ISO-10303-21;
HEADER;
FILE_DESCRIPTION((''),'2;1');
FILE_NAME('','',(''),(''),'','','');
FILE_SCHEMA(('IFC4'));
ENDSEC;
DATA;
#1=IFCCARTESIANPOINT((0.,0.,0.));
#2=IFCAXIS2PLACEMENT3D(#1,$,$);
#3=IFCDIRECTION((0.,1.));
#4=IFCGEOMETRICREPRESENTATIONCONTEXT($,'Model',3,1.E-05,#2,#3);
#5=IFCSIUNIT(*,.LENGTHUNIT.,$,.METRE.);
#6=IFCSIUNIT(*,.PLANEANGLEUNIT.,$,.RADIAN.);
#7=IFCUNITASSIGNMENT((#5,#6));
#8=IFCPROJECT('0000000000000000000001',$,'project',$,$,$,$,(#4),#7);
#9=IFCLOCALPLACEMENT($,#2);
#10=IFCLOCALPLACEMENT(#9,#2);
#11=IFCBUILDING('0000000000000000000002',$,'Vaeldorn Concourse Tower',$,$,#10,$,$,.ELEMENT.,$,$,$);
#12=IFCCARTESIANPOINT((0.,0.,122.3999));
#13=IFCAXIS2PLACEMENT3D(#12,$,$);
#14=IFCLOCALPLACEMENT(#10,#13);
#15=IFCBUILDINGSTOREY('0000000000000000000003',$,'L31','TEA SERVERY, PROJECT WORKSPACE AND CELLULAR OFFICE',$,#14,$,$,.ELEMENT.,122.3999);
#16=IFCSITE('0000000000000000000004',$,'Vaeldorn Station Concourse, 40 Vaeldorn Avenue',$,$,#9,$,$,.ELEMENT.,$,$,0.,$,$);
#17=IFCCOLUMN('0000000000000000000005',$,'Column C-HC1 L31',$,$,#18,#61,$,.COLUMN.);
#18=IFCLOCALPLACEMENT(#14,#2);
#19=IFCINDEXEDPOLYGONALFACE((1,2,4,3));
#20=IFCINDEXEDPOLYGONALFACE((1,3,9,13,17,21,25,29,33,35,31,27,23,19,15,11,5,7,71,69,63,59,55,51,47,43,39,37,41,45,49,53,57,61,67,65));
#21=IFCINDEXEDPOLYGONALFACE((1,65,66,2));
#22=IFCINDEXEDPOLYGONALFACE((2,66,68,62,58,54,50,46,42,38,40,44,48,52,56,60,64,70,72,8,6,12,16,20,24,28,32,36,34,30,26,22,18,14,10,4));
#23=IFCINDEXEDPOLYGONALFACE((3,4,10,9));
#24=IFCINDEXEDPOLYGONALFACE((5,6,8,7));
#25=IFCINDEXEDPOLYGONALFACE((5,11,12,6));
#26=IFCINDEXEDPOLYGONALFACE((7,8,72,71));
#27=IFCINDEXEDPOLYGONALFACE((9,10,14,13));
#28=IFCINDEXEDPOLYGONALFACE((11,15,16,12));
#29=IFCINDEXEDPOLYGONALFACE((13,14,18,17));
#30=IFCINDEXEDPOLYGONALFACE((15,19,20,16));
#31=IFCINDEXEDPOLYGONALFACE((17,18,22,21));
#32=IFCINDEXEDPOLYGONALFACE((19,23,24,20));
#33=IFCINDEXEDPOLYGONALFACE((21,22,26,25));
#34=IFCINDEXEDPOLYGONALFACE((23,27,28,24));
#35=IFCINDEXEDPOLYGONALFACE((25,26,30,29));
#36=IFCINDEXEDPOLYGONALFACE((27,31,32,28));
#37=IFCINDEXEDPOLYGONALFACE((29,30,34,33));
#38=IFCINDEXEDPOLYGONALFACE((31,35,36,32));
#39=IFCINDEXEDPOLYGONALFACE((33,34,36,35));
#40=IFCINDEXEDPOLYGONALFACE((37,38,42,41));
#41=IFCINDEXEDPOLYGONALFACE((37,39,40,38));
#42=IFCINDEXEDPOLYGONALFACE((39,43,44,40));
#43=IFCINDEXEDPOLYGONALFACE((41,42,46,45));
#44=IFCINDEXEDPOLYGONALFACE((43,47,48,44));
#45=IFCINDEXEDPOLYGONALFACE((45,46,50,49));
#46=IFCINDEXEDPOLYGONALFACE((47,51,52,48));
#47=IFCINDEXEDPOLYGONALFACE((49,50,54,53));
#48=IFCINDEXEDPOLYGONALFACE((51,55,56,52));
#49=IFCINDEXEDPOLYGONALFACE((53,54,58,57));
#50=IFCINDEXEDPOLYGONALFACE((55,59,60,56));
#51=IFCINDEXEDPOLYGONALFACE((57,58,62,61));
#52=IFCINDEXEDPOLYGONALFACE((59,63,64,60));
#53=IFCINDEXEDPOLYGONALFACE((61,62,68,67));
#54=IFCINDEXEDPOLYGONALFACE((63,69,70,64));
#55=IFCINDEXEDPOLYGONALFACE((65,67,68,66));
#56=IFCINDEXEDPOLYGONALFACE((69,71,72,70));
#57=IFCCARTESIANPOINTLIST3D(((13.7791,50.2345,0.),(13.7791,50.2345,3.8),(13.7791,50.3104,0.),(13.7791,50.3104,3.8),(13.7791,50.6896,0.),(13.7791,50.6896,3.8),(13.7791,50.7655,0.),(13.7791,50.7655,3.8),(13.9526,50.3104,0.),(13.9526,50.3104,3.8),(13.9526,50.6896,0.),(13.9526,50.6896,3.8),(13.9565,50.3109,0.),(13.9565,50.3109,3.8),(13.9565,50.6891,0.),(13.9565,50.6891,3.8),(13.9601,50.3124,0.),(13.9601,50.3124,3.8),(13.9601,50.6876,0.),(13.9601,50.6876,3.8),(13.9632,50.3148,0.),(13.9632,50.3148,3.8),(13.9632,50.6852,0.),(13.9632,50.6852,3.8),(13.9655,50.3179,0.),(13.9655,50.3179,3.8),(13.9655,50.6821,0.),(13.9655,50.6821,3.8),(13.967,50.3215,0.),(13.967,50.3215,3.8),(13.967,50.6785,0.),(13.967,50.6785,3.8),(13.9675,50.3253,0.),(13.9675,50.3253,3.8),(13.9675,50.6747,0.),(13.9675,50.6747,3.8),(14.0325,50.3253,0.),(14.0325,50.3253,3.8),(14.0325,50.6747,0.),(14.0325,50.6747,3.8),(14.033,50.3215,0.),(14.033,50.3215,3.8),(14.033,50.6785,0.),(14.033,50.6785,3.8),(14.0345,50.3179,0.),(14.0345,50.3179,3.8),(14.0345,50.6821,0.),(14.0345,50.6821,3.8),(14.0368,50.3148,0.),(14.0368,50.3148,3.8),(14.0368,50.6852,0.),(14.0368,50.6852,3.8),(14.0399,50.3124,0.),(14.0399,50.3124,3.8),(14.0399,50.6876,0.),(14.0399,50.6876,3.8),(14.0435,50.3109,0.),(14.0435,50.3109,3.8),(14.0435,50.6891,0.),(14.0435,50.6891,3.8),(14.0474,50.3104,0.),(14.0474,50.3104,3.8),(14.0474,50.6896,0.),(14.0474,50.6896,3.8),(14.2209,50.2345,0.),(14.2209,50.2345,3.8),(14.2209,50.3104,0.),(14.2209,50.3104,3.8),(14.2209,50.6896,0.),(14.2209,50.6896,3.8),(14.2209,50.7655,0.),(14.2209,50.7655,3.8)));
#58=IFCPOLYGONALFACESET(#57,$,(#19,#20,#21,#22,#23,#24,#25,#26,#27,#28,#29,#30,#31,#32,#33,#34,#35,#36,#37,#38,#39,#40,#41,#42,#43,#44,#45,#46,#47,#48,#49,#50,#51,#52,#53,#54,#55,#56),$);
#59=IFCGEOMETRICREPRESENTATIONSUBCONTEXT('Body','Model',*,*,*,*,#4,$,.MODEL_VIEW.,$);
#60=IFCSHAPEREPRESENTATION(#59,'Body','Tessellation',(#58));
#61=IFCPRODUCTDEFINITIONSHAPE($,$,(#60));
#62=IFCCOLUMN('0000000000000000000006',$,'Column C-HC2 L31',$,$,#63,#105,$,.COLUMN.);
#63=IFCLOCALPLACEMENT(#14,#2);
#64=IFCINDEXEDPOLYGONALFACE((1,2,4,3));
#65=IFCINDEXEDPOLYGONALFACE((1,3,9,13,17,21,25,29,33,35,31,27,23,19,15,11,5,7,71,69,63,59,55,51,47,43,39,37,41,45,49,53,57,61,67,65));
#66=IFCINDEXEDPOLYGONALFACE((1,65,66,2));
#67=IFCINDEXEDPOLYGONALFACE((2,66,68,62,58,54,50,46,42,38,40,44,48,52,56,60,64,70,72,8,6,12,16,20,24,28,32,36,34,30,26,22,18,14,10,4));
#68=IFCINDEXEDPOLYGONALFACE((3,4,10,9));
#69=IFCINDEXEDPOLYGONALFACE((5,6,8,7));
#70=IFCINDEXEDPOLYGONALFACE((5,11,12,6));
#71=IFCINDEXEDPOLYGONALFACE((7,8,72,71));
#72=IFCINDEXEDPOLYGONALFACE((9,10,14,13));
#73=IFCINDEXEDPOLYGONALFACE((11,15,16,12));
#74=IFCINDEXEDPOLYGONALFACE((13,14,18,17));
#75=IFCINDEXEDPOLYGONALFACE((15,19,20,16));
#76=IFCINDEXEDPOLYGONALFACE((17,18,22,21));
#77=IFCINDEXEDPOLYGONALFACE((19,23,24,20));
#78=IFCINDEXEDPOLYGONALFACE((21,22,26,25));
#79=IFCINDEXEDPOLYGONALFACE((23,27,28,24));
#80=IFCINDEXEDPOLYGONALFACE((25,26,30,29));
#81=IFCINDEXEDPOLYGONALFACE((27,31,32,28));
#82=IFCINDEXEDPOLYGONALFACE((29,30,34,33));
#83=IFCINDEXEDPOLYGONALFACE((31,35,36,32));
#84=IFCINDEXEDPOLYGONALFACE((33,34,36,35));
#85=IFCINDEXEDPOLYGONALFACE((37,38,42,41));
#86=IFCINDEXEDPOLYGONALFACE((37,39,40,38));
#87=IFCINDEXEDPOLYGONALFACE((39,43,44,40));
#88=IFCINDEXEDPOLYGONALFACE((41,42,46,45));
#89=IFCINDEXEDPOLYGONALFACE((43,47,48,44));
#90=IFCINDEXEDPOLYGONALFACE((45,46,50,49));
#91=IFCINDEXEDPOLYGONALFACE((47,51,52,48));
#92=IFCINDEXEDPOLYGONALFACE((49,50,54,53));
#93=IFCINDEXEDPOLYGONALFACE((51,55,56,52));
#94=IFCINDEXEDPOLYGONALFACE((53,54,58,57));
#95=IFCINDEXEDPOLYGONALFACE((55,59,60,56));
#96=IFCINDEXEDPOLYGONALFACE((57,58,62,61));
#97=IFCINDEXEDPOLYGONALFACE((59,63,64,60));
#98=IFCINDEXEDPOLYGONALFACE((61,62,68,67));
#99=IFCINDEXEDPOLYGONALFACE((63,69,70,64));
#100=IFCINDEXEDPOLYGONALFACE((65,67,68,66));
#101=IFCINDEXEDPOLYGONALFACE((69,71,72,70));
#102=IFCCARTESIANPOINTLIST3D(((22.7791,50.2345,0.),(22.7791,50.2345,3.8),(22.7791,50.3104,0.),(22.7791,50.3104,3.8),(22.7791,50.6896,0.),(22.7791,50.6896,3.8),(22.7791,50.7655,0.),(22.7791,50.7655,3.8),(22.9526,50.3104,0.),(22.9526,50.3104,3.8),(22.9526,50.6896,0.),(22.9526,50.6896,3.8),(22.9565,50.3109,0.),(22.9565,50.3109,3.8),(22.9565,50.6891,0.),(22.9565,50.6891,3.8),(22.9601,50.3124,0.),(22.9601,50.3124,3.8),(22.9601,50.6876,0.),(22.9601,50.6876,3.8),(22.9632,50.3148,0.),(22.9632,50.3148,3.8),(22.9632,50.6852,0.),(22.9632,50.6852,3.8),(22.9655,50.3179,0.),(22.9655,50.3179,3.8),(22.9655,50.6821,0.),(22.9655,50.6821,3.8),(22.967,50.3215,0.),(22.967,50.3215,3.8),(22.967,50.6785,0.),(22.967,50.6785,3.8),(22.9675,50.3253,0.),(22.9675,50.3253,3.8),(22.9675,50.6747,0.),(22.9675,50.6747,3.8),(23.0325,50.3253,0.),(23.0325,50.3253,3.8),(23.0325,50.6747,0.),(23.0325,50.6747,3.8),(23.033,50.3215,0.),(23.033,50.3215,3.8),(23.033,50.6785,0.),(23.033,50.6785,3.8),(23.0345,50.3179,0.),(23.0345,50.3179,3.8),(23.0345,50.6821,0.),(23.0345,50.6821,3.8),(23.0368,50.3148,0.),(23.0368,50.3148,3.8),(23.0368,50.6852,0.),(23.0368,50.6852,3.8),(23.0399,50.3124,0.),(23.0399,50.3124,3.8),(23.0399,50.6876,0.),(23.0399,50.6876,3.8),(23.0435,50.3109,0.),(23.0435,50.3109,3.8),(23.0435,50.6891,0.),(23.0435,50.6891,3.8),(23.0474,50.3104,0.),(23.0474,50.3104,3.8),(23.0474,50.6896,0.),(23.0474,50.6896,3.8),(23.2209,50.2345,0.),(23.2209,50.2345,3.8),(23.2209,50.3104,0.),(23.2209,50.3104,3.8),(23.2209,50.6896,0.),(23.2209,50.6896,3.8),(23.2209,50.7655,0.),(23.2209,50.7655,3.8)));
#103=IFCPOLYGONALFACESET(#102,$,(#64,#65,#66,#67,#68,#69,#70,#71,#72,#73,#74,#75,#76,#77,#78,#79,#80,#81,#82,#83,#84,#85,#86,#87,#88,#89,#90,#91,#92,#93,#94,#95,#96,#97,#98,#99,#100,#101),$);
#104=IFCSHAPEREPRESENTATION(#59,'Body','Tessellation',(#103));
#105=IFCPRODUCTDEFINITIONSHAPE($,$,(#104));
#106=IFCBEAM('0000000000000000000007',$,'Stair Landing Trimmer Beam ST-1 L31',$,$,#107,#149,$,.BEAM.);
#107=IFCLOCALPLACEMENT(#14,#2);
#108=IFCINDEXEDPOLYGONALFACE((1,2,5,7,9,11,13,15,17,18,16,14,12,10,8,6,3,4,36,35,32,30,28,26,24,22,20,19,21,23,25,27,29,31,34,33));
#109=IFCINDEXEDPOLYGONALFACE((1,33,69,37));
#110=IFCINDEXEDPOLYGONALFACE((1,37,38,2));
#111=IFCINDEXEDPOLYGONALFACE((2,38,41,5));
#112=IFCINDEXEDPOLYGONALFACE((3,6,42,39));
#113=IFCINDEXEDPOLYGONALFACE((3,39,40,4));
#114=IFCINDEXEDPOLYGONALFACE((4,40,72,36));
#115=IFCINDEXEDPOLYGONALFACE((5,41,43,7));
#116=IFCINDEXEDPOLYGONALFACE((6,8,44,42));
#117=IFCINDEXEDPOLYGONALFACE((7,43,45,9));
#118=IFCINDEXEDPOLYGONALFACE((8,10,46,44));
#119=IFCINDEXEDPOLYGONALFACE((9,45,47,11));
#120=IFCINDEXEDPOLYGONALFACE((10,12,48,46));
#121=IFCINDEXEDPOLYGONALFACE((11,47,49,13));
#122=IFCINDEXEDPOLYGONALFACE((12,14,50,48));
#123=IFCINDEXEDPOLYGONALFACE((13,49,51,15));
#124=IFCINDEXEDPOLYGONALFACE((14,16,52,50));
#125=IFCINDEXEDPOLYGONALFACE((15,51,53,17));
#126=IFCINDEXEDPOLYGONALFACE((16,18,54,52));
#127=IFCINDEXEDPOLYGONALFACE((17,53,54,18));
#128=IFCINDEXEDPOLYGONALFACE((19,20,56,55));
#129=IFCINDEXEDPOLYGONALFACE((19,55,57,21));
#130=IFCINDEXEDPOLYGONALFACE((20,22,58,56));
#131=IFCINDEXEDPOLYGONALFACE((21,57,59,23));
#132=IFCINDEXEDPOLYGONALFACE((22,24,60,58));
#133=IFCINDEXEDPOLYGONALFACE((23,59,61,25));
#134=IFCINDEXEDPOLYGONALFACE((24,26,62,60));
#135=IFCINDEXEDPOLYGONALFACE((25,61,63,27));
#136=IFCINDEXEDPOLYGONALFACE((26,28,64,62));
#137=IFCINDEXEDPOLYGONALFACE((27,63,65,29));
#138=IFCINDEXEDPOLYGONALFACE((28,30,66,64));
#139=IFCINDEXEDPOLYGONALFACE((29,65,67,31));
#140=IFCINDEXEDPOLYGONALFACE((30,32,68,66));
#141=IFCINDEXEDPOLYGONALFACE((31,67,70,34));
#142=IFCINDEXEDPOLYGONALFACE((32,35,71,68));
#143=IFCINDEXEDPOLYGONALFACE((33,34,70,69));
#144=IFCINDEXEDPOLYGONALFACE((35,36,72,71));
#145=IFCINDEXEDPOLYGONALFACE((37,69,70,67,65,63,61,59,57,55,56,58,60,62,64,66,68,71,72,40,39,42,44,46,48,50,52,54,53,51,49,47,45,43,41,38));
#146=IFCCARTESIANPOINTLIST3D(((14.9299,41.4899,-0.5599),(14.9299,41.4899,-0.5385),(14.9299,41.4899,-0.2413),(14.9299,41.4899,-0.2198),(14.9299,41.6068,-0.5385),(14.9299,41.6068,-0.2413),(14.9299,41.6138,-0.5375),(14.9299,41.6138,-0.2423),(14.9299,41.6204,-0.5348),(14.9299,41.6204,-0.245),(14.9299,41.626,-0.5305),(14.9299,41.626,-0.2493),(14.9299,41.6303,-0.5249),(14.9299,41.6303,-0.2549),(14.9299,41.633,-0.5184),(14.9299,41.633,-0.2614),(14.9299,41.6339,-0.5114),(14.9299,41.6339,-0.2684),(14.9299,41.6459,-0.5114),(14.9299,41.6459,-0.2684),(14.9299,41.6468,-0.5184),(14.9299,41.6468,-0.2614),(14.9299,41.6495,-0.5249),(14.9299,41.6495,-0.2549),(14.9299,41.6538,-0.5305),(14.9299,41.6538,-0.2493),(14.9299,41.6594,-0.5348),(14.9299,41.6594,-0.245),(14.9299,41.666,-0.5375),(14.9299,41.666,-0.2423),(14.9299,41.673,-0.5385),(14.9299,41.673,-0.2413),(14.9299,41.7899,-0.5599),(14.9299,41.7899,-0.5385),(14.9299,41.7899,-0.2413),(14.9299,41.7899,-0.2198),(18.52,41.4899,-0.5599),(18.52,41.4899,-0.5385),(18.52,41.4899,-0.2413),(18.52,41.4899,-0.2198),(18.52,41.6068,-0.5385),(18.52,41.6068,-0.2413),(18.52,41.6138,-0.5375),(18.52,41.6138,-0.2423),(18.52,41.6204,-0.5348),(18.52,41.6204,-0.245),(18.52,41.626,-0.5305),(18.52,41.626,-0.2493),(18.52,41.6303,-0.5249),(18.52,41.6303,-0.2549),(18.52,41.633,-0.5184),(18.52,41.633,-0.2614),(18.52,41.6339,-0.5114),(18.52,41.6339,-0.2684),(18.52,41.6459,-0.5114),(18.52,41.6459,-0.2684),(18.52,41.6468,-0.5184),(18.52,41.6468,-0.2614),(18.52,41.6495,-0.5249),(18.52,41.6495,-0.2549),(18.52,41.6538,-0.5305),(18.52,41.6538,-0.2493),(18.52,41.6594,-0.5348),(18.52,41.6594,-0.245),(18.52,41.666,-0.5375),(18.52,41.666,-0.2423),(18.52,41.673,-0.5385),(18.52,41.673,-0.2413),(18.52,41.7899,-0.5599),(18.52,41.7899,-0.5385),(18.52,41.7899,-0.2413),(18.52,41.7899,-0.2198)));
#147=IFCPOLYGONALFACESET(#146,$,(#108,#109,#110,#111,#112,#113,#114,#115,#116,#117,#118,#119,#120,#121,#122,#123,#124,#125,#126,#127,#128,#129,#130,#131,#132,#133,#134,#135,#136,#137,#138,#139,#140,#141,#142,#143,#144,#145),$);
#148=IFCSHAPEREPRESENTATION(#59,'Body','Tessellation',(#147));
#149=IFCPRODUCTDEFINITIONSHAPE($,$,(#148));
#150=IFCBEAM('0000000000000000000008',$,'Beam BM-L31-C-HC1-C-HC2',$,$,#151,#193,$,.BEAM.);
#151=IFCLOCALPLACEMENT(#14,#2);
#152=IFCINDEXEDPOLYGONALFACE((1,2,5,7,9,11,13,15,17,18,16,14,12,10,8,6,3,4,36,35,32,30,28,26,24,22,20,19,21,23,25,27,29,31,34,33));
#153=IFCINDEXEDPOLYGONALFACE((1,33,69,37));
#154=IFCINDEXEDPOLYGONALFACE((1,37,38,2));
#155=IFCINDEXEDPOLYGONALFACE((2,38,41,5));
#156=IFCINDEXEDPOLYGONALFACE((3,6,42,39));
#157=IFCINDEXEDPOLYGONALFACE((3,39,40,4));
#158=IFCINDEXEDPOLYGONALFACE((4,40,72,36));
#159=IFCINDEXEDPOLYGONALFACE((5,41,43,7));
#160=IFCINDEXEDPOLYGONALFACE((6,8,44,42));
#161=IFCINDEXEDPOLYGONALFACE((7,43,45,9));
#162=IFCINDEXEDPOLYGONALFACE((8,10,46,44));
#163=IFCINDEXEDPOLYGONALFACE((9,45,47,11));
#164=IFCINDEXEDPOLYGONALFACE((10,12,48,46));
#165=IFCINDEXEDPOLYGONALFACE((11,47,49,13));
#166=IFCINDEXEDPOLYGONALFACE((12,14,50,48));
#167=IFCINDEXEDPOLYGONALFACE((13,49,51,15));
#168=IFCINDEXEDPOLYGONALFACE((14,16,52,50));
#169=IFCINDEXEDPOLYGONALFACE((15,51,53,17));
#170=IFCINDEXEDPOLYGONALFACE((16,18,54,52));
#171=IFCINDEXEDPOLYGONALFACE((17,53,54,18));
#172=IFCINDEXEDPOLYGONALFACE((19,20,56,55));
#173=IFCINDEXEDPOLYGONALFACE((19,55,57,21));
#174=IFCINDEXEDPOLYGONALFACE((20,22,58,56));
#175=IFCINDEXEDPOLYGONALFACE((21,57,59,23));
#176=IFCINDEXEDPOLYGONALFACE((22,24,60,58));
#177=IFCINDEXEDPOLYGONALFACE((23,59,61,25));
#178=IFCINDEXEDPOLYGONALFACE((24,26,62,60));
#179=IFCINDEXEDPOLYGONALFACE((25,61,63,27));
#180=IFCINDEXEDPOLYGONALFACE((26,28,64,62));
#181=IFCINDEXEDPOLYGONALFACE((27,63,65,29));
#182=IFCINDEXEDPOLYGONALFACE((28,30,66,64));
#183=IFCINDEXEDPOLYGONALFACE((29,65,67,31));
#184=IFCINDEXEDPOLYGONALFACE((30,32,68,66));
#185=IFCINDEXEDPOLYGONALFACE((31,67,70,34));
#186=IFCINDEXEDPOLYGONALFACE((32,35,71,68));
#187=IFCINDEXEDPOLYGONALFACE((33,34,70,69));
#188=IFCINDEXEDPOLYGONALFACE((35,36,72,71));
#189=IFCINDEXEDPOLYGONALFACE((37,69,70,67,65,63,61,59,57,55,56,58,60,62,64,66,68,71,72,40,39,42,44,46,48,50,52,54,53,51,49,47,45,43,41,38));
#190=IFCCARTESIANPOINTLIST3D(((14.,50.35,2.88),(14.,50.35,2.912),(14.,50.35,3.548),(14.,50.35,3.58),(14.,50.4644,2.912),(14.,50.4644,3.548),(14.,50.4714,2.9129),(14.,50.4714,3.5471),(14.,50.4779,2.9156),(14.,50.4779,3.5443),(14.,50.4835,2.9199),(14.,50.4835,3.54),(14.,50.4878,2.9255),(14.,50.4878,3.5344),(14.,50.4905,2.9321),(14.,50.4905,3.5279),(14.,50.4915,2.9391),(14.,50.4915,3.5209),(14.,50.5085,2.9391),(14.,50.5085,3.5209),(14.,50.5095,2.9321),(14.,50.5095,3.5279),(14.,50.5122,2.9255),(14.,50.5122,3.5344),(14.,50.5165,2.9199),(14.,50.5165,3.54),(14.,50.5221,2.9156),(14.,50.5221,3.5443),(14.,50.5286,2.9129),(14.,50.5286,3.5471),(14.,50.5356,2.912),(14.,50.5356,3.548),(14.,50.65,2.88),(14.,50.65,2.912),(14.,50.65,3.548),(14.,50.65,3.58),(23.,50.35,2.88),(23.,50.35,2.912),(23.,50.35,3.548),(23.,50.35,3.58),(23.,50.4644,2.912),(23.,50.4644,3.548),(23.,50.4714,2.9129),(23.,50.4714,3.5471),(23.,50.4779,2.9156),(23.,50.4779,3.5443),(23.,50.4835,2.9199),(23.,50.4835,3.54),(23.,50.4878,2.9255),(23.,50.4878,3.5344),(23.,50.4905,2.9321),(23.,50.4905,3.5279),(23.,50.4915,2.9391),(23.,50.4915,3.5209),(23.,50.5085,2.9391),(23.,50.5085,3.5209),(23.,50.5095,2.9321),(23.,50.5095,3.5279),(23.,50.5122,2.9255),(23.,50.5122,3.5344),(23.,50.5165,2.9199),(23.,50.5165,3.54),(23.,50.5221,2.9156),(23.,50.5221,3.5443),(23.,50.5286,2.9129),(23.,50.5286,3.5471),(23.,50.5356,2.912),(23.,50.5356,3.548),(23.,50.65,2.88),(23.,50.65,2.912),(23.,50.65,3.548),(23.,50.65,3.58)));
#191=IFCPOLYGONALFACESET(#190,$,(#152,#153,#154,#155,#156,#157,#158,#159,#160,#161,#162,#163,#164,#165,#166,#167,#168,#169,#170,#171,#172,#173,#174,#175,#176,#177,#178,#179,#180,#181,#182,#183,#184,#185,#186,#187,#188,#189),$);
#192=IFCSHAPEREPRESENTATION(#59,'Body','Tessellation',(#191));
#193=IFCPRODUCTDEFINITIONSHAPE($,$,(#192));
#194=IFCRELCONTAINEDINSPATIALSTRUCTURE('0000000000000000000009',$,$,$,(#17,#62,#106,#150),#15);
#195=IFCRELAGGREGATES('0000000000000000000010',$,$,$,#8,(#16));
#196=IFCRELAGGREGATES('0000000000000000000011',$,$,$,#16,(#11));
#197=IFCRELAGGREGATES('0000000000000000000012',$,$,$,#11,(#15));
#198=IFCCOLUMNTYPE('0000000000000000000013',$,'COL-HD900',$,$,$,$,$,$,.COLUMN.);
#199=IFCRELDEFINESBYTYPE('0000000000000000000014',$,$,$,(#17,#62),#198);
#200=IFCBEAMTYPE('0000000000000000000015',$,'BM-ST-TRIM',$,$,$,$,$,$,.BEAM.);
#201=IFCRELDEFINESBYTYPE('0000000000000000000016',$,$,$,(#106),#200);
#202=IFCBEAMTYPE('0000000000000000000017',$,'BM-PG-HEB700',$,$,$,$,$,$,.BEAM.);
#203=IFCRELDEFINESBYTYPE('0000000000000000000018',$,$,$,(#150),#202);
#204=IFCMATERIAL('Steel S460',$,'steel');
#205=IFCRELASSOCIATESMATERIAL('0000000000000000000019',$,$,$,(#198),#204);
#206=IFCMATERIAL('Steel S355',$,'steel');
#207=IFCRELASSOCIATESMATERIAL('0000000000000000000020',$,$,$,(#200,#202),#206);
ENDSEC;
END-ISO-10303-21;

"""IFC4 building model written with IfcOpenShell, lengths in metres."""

from ifc_helpers import new_model, si_unit, direction, frame, origin, origin_2d, place, context, subcontext, project, spatial, i_section, extrude, source, transform, mapped, material, material_profile, profile_set, type_object, element, save


model = new_model("IFC4")

# Units and contexts
model_context = context("Model", 3, precision=1e-05, world=origin(), true_north=direction((0.0, 1.0)))
body_context = subcontext(model_context, "Body", "Model", "MODEL_VIEW")
ifc_project = project(units=[si_unit("LENGTHUNIT", "METRE"), si_unit("PLANEANGLEUNIT", "RADIAN")], contexts=[model_context])

# Site, building, storey
site_placement = place(None, origin())
site = spatial("IfcSite", under=ifc_project, at=site_placement, Name="Vaeldorn Station Concourse, 40 Vaeldorn Avenue", CompositionType="ELEMENT", RefElevation=0.0)
building_placement = place(site_placement, origin())
building = spatial("IfcBuilding", under=site, at=building_placement, Name="Vaeldorn Concourse Tower", CompositionType="ELEMENT")
storey_placement = place(building_placement, frame((0.0, 0.0, 122.3999)))
storey = spatial("IfcBuildingStorey", under=building, at=storey_placement, Name="L31", Description="TEA SERVERY, PROJECT WORKSPACE AND CELLULAR OFFICE", CompositionType="ELEMENT", Elevation=122.3999)

# Columns
ifc_material_1 = material(Name="Steel S460", Category="steel")
ifc_material_profile_1 = material_profile(ifc_material_1, i_section(OverallWidth=0.4419, OverallDepth=0.531, WebThickness=0.0649, FlangeThickness=0.0759, FilletRadius=0.0149, at=origin_2d()), Name="HD 400x900")
ifc_profile_set_1 = profile_set([ifc_material_profile_1], Name="Steel S460")
column_type = type_object("IfcColumnType", Name="COL-HD900", PredefinedType="COLUMN", material=ifc_profile_set_1)
shared_shape_1 = source(origin(), body_context, "Body", "SweptSolid", [
    extrude(i_section(OverallWidth=0.4419, OverallDepth=0.531, WebThickness=0.0649, FlangeThickness=0.0759, FilletRadius=0.0149, at=origin_2d()), origin(), (0.0, 0.0, 1.0), 3.8),
])
for number, where, z_axis, x_axis, name in (
    (1, (14.0, 50.5, 0.0), (0.0, 0.0, 1.0), (1.0, 0.0, 0.0), "Column C-HC1 L31"),
    (2, (23.0, 50.5, 0.0), (0.0, 0.0, 1.0), (1.0, 0.0, 0.0), "Column C-HC2 L31"),
):
    element("IfcColumn", number, at=place(storey_placement, frame(where, z_axis=z_axis, x_axis=x_axis)), inside=storey, type_object=column_type, Name=name, PredefinedType="COLUMN", context=body_context, shape_type="MappedRepresentation", body=[
        mapped(shared_shape_1, transform((0.0, 0.0, 0.0), scale=1.0)),
    ])

# Beams
ifc_material_2 = material(Name="Steel S355", Category="steel")
ifc_material_profile_2 = material_profile(ifc_material_2, i_section(OverallWidth=0.3, OverallDepth=0.3401, WebThickness=0.012, FlangeThickness=0.0215, FilletRadius=0.0271, at=origin_2d()), Name="HEB 340")
ifc_profile_set_2 = profile_set([ifc_material_profile_2], Name="Steel S355")
beam_type_1 = type_object("IfcBeamType", Name="BM-ST-TRIM", PredefinedType="BEAM", material=ifc_profile_set_2)
shared_shape_2 = source(origin(), body_context, "Body", "SweptSolid", [
    extrude(i_section(OverallWidth=0.3, OverallDepth=0.3401, WebThickness=0.012, FlangeThickness=0.0215, FilletRadius=0.0271, at=origin_2d()), origin(), (0.0, 0.0, 1.0), 3.5901),
])
beam_1_placement = place(storey_placement, frame((14.9299, 41.6399, -0.3899), z_axis=(1.0, 0.0, 0.0), x_axis=(0.0, 1.0, 0.0)))
element("IfcBeam", 3, at=beam_1_placement, inside=storey, type_object=beam_type_1, Name="Stair Landing Trimmer Beam ST-1 L31", PredefinedType="BEAM", context=body_context, shape_type="MappedRepresentation", body=[
    mapped(shared_shape_2, transform((0.0, 0.0, 0.0), scale=1.0)),
])
ifc_material_profile_3 = material_profile(ifc_material_2, i_section(OverallWidth=0.3, OverallDepth=0.7, WebThickness=0.0171, FlangeThickness=0.032, FilletRadius=0.0271, at=origin_2d()), Name="HEB 700")
ifc_profile_set_3 = profile_set([ifc_material_profile_3], Name="Steel S355")
beam_type_2 = type_object("IfcBeamType", Name="BM-PG-HEB700", PredefinedType="BEAM", material=ifc_profile_set_3)
shared_shape_3 = source(origin(), body_context, "Body", "SweptSolid", [
    extrude(i_section(OverallWidth=0.3, OverallDepth=0.7, WebThickness=0.0171, FlangeThickness=0.032, FilletRadius=0.0271, at=origin_2d()), origin(), (0.0, 0.0, 1.0), 9.0),
])
beam_2_placement = place(storey_placement, frame((14.0, 50.5, 3.23), z_axis=(1.0, 0.0, 0.0), x_axis=(0.0, 1.0, 0.0)))
element("IfcBeam", 4, at=beam_2_placement, inside=storey, type_object=beam_type_2, Name="Beam BM-L31-C-HC1-C-HC2", PredefinedType="BEAM", context=body_context, shape_type="MappedRepresentation", body=[
    mapped(shared_shape_3, transform((0.0, 0.0, 0.0), scale=1.0)),
])

save(model, "model.ifc")
